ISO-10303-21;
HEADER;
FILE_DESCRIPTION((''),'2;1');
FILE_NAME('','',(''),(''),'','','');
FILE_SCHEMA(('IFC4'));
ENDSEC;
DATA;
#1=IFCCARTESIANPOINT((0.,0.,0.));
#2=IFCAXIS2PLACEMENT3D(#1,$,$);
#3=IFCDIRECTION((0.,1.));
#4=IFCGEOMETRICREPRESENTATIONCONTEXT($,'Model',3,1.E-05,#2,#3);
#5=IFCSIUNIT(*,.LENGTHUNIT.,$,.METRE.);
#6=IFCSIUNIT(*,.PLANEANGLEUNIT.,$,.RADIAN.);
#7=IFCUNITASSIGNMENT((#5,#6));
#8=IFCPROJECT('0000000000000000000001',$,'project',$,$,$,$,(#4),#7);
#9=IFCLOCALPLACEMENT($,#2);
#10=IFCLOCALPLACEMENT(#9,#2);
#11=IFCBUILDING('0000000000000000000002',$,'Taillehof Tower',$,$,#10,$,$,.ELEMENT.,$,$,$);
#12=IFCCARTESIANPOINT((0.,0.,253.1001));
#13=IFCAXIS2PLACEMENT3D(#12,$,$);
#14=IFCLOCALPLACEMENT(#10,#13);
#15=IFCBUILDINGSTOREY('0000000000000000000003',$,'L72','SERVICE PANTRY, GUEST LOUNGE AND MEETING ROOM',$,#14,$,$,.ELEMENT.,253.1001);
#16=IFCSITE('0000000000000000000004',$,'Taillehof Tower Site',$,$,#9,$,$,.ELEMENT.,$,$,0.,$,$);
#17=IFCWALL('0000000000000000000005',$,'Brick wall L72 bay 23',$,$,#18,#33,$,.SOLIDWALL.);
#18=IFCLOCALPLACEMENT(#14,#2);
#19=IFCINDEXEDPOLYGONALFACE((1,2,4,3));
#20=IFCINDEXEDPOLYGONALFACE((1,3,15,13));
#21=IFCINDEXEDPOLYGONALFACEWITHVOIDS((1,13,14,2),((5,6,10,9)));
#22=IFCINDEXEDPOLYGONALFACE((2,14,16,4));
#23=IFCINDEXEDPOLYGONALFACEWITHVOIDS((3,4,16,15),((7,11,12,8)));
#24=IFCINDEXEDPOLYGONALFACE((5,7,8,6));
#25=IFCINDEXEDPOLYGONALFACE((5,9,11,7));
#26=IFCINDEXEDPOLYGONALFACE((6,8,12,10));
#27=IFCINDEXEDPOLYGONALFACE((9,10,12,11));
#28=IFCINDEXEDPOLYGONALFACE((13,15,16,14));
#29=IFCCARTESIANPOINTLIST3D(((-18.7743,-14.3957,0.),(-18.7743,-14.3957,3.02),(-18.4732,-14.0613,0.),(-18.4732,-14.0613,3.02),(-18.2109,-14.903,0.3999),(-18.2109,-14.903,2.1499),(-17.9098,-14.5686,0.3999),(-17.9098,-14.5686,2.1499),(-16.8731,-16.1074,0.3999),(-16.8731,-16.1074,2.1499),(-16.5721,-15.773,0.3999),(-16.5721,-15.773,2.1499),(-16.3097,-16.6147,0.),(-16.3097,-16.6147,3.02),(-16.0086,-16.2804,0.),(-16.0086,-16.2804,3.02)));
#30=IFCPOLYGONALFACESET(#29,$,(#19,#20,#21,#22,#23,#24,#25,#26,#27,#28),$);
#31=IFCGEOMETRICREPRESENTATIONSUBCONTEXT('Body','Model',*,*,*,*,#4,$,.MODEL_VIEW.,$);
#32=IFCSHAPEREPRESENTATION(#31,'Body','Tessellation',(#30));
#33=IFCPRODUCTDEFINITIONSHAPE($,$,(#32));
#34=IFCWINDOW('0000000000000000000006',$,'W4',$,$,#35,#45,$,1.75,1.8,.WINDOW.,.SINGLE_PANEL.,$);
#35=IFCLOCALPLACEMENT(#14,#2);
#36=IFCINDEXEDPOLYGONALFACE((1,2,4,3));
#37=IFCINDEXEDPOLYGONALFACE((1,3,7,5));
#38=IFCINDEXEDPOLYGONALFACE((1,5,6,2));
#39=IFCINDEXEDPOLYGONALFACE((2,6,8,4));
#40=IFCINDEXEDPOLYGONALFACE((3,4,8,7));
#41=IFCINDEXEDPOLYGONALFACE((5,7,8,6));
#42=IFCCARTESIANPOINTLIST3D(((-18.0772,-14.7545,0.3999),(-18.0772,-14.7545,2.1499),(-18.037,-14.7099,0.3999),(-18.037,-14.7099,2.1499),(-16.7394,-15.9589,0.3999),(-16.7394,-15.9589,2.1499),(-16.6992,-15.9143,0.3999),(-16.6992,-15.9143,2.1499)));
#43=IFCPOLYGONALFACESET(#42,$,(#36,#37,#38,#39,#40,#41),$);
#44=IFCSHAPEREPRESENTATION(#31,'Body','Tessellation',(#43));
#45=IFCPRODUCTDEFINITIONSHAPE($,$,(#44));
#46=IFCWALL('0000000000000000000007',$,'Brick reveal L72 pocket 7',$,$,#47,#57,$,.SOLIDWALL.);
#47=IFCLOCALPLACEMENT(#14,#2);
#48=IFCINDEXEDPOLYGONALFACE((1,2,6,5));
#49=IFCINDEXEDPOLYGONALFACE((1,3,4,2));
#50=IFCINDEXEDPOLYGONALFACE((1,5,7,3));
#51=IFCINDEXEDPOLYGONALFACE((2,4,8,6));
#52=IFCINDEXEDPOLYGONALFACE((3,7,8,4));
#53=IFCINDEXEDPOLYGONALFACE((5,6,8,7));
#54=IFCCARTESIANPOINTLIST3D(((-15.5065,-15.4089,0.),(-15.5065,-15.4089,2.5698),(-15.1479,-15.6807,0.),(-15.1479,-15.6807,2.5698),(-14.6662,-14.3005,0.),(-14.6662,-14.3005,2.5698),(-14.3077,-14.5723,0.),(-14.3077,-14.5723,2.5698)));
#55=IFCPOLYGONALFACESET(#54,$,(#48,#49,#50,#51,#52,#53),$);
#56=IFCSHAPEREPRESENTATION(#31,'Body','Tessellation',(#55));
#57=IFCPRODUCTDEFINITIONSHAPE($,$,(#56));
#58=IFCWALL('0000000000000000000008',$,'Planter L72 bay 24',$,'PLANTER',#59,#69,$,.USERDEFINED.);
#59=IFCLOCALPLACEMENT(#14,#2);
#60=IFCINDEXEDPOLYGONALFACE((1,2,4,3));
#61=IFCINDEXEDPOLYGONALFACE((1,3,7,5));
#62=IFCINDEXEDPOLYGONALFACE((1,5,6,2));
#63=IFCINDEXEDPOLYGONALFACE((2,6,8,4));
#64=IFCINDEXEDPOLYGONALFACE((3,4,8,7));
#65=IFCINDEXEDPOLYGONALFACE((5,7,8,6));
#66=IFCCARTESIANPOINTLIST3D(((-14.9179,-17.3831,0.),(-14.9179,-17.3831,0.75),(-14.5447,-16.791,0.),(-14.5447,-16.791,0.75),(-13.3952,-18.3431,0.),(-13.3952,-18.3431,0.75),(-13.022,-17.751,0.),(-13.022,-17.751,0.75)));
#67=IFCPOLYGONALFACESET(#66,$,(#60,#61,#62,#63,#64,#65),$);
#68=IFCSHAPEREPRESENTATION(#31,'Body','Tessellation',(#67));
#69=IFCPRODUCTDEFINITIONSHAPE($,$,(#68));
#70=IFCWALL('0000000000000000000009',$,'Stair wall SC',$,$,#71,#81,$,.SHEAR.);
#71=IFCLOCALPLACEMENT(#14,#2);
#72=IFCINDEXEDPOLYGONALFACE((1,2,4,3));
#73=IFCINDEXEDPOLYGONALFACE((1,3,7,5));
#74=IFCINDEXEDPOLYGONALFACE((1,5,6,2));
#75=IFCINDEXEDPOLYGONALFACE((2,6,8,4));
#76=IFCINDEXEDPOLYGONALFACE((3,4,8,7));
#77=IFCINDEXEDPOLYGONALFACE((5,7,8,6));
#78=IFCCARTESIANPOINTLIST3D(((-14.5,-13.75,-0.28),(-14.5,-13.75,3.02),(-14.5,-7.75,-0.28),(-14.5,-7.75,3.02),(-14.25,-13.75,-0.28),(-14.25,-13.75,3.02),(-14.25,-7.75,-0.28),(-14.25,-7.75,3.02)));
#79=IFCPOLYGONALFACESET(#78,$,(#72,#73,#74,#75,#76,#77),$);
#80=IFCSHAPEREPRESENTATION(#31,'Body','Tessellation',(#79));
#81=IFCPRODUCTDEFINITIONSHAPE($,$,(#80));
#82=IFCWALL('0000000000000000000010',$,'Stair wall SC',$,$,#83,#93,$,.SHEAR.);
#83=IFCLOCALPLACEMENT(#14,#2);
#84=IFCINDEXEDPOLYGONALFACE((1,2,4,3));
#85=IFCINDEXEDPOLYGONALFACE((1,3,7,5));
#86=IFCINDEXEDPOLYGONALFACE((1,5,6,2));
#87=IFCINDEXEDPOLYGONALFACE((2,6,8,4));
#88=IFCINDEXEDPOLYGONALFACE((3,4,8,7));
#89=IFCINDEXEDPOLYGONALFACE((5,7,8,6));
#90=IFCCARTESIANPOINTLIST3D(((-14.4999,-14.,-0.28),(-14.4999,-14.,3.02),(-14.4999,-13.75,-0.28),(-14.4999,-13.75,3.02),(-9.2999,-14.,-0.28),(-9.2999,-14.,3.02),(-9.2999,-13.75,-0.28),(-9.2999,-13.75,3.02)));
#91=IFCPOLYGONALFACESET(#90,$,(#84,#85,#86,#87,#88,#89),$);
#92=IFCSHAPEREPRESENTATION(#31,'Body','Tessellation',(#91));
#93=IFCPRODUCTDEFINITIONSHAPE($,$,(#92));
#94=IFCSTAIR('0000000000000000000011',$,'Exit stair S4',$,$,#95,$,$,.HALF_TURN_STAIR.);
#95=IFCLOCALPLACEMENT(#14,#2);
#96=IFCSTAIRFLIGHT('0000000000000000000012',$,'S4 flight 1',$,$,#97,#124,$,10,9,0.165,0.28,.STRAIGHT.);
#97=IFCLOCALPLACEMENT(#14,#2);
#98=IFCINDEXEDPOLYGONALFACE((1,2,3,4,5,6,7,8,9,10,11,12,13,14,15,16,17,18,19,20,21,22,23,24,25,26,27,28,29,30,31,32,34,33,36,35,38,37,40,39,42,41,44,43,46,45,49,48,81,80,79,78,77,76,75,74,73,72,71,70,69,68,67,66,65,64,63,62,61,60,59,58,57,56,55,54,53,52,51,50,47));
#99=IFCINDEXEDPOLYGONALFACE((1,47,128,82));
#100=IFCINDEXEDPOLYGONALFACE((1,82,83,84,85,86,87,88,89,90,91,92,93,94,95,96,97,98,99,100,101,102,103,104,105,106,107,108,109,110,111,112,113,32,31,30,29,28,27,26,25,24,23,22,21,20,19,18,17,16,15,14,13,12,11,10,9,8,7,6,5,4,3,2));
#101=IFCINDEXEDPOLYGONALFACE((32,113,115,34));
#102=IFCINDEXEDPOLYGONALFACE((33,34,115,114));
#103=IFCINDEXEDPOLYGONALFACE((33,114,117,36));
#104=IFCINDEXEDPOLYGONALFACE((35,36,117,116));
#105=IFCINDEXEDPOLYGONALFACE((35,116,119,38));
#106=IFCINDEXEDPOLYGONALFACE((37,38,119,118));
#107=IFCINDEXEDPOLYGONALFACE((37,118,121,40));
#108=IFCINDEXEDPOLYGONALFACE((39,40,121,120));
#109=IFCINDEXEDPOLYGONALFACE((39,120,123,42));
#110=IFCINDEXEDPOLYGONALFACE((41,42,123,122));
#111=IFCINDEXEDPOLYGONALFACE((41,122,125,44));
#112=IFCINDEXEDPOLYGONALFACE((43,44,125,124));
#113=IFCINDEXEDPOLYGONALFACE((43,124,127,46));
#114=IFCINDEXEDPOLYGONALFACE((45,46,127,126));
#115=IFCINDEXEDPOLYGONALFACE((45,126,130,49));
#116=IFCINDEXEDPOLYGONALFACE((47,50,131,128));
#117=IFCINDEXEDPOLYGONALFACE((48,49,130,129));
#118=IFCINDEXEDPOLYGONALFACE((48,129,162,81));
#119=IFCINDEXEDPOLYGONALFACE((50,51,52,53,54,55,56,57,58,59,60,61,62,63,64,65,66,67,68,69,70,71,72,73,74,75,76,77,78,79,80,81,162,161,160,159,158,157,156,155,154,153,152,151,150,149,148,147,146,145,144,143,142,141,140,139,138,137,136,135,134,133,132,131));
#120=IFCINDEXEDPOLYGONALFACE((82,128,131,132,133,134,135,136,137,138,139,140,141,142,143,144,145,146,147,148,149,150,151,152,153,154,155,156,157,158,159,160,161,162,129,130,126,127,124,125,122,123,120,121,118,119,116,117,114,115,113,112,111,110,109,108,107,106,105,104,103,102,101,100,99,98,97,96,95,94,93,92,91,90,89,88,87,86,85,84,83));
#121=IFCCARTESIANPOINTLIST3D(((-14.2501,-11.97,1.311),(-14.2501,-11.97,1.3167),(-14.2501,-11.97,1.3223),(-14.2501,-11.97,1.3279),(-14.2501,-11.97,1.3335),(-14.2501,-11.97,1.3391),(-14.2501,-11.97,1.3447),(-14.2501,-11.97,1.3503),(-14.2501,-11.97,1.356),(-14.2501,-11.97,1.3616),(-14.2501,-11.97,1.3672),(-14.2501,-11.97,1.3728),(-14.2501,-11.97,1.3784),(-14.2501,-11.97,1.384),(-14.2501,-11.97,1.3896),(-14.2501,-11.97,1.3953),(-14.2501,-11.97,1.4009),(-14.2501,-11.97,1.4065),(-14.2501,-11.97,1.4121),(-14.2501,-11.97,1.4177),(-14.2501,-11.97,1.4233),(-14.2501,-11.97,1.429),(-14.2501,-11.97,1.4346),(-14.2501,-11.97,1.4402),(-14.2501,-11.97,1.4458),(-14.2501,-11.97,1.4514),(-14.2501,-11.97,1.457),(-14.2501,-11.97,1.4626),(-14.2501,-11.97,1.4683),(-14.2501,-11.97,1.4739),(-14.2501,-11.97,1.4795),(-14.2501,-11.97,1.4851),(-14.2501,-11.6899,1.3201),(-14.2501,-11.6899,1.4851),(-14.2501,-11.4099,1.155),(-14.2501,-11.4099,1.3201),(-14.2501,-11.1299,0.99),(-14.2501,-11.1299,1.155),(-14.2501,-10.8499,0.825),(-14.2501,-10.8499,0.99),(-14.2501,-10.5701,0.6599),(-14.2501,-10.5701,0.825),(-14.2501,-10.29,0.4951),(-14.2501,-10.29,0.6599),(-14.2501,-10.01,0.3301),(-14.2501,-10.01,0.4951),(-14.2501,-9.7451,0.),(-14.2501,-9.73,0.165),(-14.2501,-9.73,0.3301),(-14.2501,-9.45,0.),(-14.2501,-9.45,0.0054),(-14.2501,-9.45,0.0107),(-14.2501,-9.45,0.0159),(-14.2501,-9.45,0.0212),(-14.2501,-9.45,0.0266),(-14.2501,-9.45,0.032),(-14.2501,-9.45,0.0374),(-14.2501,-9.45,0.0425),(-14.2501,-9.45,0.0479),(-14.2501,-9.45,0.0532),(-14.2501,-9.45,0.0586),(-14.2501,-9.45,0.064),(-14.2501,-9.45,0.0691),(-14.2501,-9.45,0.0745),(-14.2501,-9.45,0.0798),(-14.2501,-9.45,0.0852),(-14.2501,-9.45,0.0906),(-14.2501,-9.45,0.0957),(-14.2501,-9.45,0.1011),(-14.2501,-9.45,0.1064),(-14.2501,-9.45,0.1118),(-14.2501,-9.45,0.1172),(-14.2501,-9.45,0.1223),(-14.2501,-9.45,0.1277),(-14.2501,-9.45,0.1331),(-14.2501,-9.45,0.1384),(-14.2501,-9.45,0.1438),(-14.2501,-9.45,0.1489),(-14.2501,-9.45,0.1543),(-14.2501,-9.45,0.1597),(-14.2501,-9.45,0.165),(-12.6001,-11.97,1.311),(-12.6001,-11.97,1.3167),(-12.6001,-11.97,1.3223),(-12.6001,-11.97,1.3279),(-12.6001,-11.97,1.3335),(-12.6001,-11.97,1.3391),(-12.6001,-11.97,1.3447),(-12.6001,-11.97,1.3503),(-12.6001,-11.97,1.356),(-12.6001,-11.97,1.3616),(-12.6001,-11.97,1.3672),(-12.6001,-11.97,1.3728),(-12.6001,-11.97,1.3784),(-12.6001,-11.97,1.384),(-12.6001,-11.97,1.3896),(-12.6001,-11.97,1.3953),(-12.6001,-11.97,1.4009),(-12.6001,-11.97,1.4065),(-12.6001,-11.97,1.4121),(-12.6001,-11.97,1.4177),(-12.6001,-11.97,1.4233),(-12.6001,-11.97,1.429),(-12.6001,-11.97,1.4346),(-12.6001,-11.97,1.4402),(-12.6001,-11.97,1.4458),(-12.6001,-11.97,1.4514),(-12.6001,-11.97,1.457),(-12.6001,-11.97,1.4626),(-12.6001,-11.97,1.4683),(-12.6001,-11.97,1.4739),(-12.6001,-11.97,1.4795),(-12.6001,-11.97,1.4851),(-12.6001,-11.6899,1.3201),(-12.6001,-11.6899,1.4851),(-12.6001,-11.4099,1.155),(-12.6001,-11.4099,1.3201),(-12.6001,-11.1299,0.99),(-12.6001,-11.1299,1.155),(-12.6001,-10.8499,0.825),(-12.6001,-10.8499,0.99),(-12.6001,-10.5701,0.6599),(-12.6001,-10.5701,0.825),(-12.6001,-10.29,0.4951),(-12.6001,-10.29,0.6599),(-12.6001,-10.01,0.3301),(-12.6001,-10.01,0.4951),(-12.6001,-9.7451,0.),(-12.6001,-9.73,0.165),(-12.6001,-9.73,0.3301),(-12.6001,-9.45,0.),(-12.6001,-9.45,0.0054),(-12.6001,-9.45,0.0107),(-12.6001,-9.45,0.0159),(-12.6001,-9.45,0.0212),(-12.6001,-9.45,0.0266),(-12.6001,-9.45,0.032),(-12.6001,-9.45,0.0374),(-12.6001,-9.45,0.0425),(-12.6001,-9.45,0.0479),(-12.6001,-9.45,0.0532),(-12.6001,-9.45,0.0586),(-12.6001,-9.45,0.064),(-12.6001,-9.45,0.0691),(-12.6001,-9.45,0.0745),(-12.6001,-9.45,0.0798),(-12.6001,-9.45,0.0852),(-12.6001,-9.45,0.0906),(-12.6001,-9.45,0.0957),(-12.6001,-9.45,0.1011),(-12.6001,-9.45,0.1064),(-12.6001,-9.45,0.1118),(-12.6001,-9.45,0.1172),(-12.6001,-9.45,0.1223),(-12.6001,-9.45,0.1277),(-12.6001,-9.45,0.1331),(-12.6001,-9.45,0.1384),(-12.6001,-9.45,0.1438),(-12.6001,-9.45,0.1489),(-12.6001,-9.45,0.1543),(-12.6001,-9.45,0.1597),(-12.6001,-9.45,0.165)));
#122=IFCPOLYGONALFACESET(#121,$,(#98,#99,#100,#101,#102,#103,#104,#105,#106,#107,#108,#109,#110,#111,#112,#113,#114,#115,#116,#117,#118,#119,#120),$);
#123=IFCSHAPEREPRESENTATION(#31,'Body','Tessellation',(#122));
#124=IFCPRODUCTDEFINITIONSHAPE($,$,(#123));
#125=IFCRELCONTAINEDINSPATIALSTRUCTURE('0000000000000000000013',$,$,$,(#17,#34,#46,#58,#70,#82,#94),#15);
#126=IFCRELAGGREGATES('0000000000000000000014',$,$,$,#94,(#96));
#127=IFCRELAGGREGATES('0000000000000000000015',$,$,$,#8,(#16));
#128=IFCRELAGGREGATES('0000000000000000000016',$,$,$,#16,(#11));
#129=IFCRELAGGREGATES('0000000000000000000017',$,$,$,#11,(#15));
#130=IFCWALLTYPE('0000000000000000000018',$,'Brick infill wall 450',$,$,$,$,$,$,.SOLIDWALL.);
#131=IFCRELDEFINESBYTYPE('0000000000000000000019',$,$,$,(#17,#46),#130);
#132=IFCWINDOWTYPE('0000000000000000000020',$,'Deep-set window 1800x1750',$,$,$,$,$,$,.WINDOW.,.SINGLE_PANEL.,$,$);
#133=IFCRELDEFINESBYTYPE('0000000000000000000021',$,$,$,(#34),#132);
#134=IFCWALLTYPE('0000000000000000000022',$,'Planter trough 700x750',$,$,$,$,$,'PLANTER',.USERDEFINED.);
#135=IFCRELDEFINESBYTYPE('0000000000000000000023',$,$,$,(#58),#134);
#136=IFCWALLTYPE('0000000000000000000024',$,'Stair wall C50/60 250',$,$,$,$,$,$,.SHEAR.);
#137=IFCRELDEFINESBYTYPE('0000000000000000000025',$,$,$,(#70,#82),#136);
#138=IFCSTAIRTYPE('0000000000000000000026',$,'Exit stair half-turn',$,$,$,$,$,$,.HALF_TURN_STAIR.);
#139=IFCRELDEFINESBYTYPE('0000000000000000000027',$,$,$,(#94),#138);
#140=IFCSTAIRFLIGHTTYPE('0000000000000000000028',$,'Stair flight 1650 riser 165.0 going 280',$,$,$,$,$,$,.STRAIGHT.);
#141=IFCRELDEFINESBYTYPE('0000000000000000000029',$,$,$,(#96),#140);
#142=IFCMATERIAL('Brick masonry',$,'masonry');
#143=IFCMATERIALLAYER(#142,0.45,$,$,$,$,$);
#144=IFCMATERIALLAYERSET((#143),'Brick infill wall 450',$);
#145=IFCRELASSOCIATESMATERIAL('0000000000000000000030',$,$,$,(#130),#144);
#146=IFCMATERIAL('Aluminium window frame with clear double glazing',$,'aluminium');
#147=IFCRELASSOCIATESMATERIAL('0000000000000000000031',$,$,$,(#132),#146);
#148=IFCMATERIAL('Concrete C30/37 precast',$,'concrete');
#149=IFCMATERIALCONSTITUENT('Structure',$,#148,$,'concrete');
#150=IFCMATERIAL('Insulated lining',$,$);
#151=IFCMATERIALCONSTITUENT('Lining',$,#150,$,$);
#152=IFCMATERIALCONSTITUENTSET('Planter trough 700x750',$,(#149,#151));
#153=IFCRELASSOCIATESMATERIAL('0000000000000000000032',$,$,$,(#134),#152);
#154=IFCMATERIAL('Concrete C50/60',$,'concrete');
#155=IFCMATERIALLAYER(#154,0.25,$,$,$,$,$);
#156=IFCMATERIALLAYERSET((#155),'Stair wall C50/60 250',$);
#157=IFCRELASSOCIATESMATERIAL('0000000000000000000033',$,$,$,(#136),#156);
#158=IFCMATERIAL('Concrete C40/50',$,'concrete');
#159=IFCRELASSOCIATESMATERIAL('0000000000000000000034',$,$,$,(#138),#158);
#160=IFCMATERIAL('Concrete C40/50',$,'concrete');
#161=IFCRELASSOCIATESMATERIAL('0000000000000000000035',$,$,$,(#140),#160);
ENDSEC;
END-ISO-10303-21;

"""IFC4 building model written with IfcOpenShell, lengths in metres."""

from ifc_helpers import new_model, si_unit, direction, frame, frame_2d, origin, place, context, subcontext, project, spatial, polyline, rectangle, outline, extrude, material, layer, layer_set, constituent, constituent_set, type_object, element, fill, aggregate, save


model = new_model("IFC4")

# Units and contexts
model_context = context("Model", 3, precision=1e-05, world=origin(), true_north=direction((0.0, 1.0)))
body_context = subcontext(model_context, "Body", "Model", "MODEL_VIEW")
ifc_project = project(units=[si_unit("LENGTHUNIT", "METRE"), si_unit("PLANEANGLEUNIT", "RADIAN")], contexts=[model_context])

# Site, building, storey
site_placement = place(None, origin())
site = spatial("IfcSite", under=ifc_project, at=site_placement, Name="Taillehof Tower Site", CompositionType="ELEMENT", RefElevation=0.0)
building_placement = place(site_placement, origin())
building = spatial("IfcBuilding", under=site, at=building_placement, Name="Taillehof Tower", CompositionType="ELEMENT")
storey_placement = place(building_placement, frame((0.0, 0.0, 253.1001)))
storey = spatial("IfcBuildingStorey", under=building, at=storey_placement, Name="L72", Description="SERVICE PANTRY, GUEST LOUNGE AND MEETING ROOM", CompositionType="ELEMENT", Elevation=253.1001)

# Wall, opening, window
ifc_material_1 = material(Name="Brick masonry", Category="masonry")
ifc_layer_1 = layer(ifc_material_1, 0.45)
ifc_layer_set_1 = layer_set([ifc_layer_1], Name="Brick infill wall 450")
wall_type_1 = type_object("IfcWallType", Name="Brick infill wall 450", PredefinedType="SOLIDWALL", material=ifc_layer_set_1)
ifc_material_2 = material(Name="Aluminium window frame with clear double glazing", Category="aluminium")
window_type_1 = type_object("IfcWindowType", Name="Deep-set window 1800x1750", PartitioningType="SINGLE_PANEL", PredefinedType="WINDOW", material=ifc_material_2)
wall_1_placement = place(storey_placement, frame((-18.6238, -14.2285, 0.0), z_axis=(0.0, 0.0, 1.0), x_axis=(0.743166, -0.669107, 0.0)))
wall_1 = element("IfcWall", 1, at=wall_1_placement, inside=storey, type_object=wall_type_1, Name="Brick wall L72 bay 23", PredefinedType="SOLIDWALL", context=body_context, shape_type="SweptSolid", body=[
    extrude(rectangle(XDim=3.3164, YDim=0.45, at=frame_2d((1.6582, 0.0))), origin(), (0.0, 0.0, 1.0), 3.02),
])
opening_1_placement = place(wall_1_placement, frame((0.7583, 0.0, 0.3999)))
opening_1 = element("IfcOpeningElement", 2, at=opening_1_placement, cuts=wall_1, PredefinedType="OPENING", context=body_context, shape_type="SweptSolid", body=[
    extrude(rectangle(XDim=1.8, YDim=1.75, at=frame_2d((0.8999, 0.875))), frame((0.0, 0.2349, 0.0), z_axis=(0.0, -1.0, 0.0), x_axis=(1.0, 0.0, 0.0)), (0.0, 0.0, 1.0), 0.47),
])
window_1_placement = place(opening_1_placement, origin())
window_1 = element("IfcWindow", 3, at=window_1_placement, inside=storey, type_object=window_type_1, Name="W4", OverallHeight=1.75, OverallWidth=1.8, PartitioningType="SINGLE_PANEL", PredefinedType="WINDOW", context=body_context, shape_type="SweptSolid", body=[
    extrude(rectangle(XDim=1.8, YDim=1.75, at=frame_2d((0.8999, 0.875))), frame((0.0, 0.0349, 0.0), z_axis=(0.0, -1.0, 0.0), x_axis=(1.0, 0.0, 0.0)), (0.0, 0.0, 1.0), 0.0601),
])
fill(opening_1, window_1)

# Wall
wall_2_placement = place(storey_placement, frame((-15.3271, -15.5447, 0.0), z_axis=(0.0, 0.0, 1.0), x_axis=(0.604148, 0.796872, 0.0)))
element("IfcWall", 4, at=wall_2_placement, inside=storey, type_object=wall_type_1, Name="Brick reveal L72 pocket 7", PredefinedType="SOLIDWALL", context=body_context, shape_type="SweptSolid", body=[
    extrude(rectangle(XDim=1.3909, YDim=0.45, at=frame_2d((0.6953, 0.0))), origin(), (0.0, 0.0, 1.0), 2.5698),
])

# Walls
ifc_material_3 = material(Name="Concrete C30/37 precast", Category="concrete")
ifc_constituent_1 = constituent(ifc_material_3, Name="Structure", Category="concrete")
ifc_material_4 = material(Name="Insulated lining")
ifc_constituent_2 = constituent(ifc_material_4, Name="Lining")
ifc_constituent_set = constituent_set(constituents=[ifc_constituent_1, ifc_constituent_2], Name="Planter trough 700x750")
wall_type_2 = type_object("IfcWallType", Name="Planter trough 700x750", ElementType="PLANTER", PredefinedType="USERDEFINED", material=ifc_constituent_set)
wall_3_placement = place(storey_placement, frame((-14.7312, -17.0872, 0.0), z_axis=(0.0, 0.0, 1.0), x_axis=(0.845927, -0.533299, 0.0)))
element("IfcWall", 5, at=wall_3_placement, inside=storey, type_object=wall_type_2, Name="Planter L72 bay 24", ObjectType="PLANTER", PredefinedType="USERDEFINED", context=body_context, shape_type="SweptSolid", body=[
    extrude(rectangle(XDim=1.8, YDim=0.7, at=frame_2d((0.8999, 0.0))), origin(), (0.0, 0.0, 1.0), 0.75),
])
ifc_material_5 = material(Name="Concrete C50/60", Category="concrete")
ifc_layer_2 = layer(ifc_material_5, 0.25)
ifc_layer_set_2 = layer_set([ifc_layer_2], Name="Stair wall C50/60 250")
wall_type_3 = type_object("IfcWallType", Name="Stair wall C50/60 250", PredefinedType="SHEAR", material=ifc_layer_set_2)
wall_4_placement = place(storey_placement, frame((-14.375, -13.75, -0.28), z_axis=(0.0, 0.0, 1.0), x_axis=(0.0, 1.0, 0.0)))
element("IfcWall", 6, at=wall_4_placement, inside=storey, type_object=wall_type_3, Name="Stair wall SC", PredefinedType="SHEAR", context=body_context, shape_type="SweptSolid", body=[
    extrude(rectangle(XDim=6.0, YDim=0.25, at=frame_2d((3.0, 0.0))), origin(), (0.0, 0.0, 1.0), 3.3),
])
wall_5_placement = place(storey_placement, frame((-14.5, -13.875, -0.28), z_axis=(0.0, 0.0, 1.0), x_axis=(1.0, 0.0, 0.0)))
element("IfcWall", 7, at=wall_5_placement, inside=storey, type_object=wall_type_3, Name="Stair wall SC", PredefinedType="SHEAR", context=body_context, shape_type="SweptSolid", body=[
    extrude(rectangle(XDim=5.2, YDim=0.25, at=frame_2d((2.6001, 0.0))), origin(), (0.0, 0.0, 1.0), 3.3),
])

# Stair, stair flight
ifc_material_6 = material(Name="Concrete C40/50", Category="concrete")
stair_type = type_object("IfcStairType", Name="Exit stair half-turn", PredefinedType="HALF_TURN_STAIR", material=ifc_material_6)
stair_placement = place(storey_placement, origin())
stair = element("IfcStair", 8, at=stair_placement, inside=storey, type_object=stair_type, Name="Exit stair S4", PredefinedType="HALF_TURN_STAIR")
ifc_material_7 = material(Name="Concrete C40/50", Category="concrete")
stair_flight_type = type_object("IfcStairFlightType", Name="Stair flight 1650 riser 165.0 going 280", PredefinedType="STRAIGHT", material=ifc_material_7)
stair_flight_placement = place(storey_placement, frame((-13.425, -9.45, 0.0), z_axis=(0.0, 0.0, 1.0), x_axis=(0.0, -1.0, 0.0)))
stair_flight = element("IfcStairFlight", 9, at=stair_flight_placement, type_object=stair_flight_type, Name="S4 flight 1", NumberOfRisers=10, NumberOfTreads=9, PredefinedType="STRAIGHT", RiserHeight=0.165, TreadLength=0.28, context=body_context, shape_type="SweptSolid", body=[
    extrude(outline(polyline([(0.0, 0.0), (0.0, 0.0054), (0.0, 0.0107), (0.0, 0.0159), (0.0, 0.0212), (0.0, 0.0266), (0.0, 0.032), (0.0, 0.0374), (0.0, 0.0425), (0.0, 0.0479), (0.0, 0.0532), (0.0, 0.0586), (0.0, 0.064), (0.0, 0.0691), (0.0, 0.0745), (0.0, 0.0798), (0.0, 0.0852), (0.0, 0.0906), (0.0, 0.0957), (0.0, 0.1011), (0.0, 0.1064), (0.0, 0.1118), (0.0, 0.1172), (0.0, 0.1223), (0.0, 0.1277), (0.0, 0.1331), (0.0, 0.1384), (0.0, 0.1438), (0.0, 0.1489), (0.0, 0.1543), (0.0, 0.1597), (0.0, 0.165), (0.28, 0.165), (0.28, 0.3301), (0.5601, 0.3301), (0.5601, 0.4951), (0.8401, 0.4951), (0.8401, 0.6599), (1.1201, 0.6599), (1.1201, 0.825), (1.3999, 0.825), (1.3999, 0.99), (1.6799, 0.99), (1.6799, 1.155), (1.96, 1.155), (1.96, 1.3201), (2.24, 1.3201), (2.24, 1.4851), (2.52, 1.4851), (2.52, 1.4795), (2.52, 1.4739), (2.52, 1.4683), (2.52, 1.4626), (2.52, 1.457), (2.52, 1.4514), (2.52, 1.4458), (2.52, 1.4402), (2.52, 1.4346), (2.52, 1.429), (2.52, 1.4233), (2.52, 1.4177), (2.52, 1.4121), (2.52, 1.4065), (2.52, 1.4009), (2.52, 1.3953), (2.52, 1.3896), (2.52, 1.384), (2.52, 1.3784), (2.52, 1.3728), (2.52, 1.3672), (2.52, 1.3616), (2.52, 1.356), (2.52, 1.3503), (2.52, 1.3447), (2.52, 1.3391), (2.52, 1.3335), (2.52, 1.3279), (2.52, 1.3223), (2.52, 1.3167), (2.52, 1.311), (0.2952, 0.0), (0.0, 0.0)])), frame((0.0, 0.825, 0.0), z_axis=(0.0, -1.0, 0.0), x_axis=(1.0, 0.0, 0.0)), (0.0, 0.0, 1.0), 1.65),
])
aggregate(stair, [stair_flight])

save(model, "model.ifc")
